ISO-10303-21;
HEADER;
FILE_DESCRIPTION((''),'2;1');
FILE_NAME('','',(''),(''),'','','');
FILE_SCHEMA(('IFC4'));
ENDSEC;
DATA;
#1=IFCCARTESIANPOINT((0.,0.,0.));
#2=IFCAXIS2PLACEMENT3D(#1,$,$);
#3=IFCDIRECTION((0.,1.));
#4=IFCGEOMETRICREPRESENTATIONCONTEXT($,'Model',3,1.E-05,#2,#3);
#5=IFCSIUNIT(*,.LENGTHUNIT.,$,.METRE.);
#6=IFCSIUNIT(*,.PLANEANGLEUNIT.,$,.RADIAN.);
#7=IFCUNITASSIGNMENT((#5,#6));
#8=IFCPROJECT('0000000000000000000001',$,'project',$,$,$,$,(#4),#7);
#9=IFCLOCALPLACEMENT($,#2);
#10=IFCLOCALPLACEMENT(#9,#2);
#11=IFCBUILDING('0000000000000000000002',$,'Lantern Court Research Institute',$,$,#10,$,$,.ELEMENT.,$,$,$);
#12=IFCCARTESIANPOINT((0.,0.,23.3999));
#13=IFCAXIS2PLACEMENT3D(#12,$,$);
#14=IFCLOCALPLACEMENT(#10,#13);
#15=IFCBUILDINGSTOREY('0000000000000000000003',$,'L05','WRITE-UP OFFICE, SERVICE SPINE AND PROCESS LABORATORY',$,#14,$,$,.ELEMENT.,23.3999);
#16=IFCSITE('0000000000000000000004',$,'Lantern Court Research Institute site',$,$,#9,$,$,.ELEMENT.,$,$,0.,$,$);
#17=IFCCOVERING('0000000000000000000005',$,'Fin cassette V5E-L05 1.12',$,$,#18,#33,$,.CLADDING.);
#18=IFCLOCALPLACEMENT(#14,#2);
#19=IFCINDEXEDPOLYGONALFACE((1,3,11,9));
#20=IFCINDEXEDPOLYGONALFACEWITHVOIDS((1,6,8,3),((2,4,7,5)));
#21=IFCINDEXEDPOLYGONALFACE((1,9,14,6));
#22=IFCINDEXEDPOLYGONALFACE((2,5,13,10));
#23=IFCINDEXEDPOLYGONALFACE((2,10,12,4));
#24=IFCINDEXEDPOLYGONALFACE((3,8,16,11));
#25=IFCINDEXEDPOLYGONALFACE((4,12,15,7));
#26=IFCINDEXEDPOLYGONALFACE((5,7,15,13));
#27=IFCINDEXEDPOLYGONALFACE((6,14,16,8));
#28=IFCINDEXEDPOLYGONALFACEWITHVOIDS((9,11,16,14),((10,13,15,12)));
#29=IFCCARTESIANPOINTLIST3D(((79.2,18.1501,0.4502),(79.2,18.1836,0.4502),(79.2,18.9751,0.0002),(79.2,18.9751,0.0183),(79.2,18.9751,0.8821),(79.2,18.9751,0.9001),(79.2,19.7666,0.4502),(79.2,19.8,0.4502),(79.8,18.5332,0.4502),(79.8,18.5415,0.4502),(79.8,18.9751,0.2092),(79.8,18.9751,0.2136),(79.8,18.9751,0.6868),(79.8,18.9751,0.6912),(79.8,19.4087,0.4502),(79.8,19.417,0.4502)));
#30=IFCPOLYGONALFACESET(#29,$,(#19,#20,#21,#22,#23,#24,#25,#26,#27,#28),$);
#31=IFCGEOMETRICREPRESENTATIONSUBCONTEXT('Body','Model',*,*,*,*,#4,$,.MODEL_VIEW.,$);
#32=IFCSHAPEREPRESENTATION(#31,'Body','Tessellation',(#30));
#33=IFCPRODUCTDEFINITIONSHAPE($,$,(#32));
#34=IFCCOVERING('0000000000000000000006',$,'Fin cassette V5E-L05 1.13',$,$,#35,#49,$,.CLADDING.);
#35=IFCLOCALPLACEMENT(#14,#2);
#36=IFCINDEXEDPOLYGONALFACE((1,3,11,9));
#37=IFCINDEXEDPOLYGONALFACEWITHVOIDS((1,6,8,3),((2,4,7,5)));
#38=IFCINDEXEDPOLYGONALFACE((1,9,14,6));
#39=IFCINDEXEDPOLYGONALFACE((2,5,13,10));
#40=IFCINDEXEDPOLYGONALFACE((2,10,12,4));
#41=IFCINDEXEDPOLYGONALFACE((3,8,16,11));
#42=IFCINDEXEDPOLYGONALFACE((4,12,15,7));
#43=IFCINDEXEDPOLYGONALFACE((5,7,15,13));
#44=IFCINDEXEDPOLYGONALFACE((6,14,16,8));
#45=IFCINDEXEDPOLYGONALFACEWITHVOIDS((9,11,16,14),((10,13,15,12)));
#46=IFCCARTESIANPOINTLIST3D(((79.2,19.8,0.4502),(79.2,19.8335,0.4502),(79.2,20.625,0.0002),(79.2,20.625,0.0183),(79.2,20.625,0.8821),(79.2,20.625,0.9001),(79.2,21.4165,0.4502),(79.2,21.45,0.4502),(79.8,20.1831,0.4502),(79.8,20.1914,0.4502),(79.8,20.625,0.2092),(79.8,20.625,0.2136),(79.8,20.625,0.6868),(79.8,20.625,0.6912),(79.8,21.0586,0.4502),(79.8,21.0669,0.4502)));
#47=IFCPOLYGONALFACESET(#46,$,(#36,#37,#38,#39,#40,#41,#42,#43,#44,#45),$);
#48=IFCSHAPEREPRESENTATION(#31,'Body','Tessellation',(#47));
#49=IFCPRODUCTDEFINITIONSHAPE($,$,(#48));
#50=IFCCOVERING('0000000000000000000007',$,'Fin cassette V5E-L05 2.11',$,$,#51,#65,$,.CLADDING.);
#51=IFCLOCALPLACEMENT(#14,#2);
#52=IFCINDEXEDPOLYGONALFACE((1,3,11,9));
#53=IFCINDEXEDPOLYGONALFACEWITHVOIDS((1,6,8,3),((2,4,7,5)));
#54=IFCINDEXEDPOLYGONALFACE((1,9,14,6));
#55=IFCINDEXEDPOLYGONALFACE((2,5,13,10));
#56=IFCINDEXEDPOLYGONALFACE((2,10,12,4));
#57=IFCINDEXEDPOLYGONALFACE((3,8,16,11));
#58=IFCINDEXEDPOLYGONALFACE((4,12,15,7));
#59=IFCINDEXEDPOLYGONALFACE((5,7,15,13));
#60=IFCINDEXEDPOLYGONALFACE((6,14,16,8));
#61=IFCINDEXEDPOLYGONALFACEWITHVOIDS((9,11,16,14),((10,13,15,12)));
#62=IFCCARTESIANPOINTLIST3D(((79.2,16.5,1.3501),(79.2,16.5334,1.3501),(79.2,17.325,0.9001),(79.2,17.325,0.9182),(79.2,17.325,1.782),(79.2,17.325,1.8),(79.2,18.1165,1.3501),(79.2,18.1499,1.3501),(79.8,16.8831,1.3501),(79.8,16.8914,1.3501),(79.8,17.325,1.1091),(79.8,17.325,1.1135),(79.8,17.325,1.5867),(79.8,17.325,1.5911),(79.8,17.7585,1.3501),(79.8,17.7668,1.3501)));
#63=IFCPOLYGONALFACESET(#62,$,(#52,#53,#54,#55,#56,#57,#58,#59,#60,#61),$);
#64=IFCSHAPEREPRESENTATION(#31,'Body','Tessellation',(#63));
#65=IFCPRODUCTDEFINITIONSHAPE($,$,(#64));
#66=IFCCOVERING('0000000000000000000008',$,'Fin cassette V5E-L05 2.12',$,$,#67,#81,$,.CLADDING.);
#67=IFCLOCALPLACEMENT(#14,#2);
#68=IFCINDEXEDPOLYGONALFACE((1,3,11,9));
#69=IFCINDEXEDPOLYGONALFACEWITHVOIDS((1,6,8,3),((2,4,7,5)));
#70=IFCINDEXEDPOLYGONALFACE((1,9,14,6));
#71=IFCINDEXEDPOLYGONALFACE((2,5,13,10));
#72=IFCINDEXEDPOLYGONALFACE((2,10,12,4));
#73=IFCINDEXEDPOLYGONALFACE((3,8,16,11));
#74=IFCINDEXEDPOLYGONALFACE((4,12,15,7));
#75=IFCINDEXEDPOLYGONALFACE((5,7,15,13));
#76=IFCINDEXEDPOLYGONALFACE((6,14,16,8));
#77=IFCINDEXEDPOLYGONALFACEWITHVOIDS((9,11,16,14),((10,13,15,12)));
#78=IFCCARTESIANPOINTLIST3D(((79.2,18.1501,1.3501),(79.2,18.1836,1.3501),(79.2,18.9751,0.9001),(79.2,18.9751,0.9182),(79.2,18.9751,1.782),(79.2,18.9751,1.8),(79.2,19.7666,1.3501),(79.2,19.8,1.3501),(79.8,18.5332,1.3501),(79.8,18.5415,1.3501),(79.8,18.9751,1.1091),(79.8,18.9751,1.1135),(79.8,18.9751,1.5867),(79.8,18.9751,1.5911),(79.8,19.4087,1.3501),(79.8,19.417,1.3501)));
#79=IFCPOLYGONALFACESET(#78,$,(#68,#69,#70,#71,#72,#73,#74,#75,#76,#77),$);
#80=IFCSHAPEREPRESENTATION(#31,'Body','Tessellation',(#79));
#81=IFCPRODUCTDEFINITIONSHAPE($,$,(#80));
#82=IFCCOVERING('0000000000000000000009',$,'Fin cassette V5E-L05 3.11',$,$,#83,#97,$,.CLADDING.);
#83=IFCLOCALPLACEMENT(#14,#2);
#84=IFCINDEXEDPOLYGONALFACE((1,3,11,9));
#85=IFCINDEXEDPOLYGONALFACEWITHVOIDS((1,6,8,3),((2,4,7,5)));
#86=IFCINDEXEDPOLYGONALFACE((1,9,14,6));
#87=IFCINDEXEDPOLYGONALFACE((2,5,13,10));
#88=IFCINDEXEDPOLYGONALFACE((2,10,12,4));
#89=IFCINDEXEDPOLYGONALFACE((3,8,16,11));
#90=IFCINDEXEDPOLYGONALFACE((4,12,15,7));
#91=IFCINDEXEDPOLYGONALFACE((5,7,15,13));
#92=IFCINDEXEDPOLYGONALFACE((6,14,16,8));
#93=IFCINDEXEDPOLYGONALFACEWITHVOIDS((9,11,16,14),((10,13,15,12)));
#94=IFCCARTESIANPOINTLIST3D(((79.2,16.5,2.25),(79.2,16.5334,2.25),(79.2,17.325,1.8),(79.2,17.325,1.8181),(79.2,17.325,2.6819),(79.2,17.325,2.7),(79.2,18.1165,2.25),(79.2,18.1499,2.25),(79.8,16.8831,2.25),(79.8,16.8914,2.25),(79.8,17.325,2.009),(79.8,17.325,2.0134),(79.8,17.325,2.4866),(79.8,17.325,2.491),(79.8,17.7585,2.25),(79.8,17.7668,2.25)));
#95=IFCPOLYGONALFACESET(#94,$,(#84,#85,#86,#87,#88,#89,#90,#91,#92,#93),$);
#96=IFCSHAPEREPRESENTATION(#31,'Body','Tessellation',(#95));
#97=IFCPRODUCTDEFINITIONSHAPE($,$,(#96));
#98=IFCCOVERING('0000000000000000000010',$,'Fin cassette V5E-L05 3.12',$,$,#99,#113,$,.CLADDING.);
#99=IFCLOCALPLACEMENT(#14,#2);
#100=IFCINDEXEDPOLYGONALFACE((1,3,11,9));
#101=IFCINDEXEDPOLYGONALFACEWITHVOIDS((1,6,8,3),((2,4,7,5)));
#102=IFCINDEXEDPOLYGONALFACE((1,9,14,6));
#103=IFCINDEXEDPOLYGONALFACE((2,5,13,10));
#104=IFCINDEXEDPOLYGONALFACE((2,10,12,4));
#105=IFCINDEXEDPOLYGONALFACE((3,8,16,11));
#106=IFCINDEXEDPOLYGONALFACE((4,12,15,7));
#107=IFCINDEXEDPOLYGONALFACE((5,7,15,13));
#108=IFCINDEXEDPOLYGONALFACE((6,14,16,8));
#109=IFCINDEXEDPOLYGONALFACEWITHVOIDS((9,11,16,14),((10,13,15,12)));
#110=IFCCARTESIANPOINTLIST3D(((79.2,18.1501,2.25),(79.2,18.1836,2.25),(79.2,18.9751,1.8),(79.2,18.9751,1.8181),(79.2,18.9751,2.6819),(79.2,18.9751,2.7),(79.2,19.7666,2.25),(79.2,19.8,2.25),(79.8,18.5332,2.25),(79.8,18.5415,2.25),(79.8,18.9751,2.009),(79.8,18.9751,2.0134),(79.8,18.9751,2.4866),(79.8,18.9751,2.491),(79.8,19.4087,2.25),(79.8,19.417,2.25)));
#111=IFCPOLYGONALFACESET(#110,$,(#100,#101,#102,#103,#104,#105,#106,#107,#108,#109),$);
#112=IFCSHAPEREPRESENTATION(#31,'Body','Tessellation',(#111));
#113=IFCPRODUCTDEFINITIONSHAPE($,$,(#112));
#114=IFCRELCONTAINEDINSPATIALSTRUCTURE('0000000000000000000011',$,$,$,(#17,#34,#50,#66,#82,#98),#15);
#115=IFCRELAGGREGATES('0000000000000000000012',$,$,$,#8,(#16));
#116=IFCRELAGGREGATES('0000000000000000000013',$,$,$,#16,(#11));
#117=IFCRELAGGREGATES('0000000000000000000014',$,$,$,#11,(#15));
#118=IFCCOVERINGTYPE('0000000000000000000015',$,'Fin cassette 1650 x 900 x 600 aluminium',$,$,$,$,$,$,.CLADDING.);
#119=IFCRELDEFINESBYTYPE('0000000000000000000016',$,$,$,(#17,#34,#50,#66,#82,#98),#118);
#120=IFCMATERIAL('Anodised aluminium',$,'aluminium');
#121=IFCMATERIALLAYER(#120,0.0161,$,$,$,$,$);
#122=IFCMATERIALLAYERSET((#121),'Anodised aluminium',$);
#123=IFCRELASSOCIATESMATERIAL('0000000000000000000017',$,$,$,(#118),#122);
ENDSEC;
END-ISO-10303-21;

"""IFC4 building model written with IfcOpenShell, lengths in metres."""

from ifc_helpers import new_model, entity, si_unit, direction, frame, origin, place, context, subcontext, project, spatial, material, layer, layer_set, type_object, element, save


model = new_model("IFC4")

# Units and contexts
model_context = context("Model", 3, precision=1e-05, world=origin(), true_north=direction((0.0, 1.0)))
body_context = subcontext(model_context, "Body", "Model", "MODEL_VIEW")
ifc_project = project(units=[si_unit("LENGTHUNIT", "METRE"), si_unit("PLANEANGLEUNIT", "RADIAN")], contexts=[model_context])

# Site, building, storey
site_placement = place(None, origin())
site = spatial("IfcSite", under=ifc_project, at=site_placement, Name="Lantern Court Research Institute site", CompositionType="ELEMENT", RefElevation=0.0)
building_placement = place(site_placement, origin())
building = spatial("IfcBuilding", under=site, at=building_placement, Name="Lantern Court Research Institute", CompositionType="ELEMENT")
storey_placement = place(building_placement, frame((0.0, 0.0, 23.3999)))
storey = spatial("IfcBuildingStorey", under=building, at=storey_placement, Name="L05", Description="WRITE-UP OFFICE, SERVICE SPINE AND PROCESS LABORATORY", CompositionType="ELEMENT", Elevation=23.3999)

# Coverings
ifc_material_1 = material(Name="Anodised aluminium", Category="aluminium")
ifc_layer_1 = layer(ifc_material_1, 0.0161)
ifc_layer_set_1 = layer_set([ifc_layer_1], Name="Anodised aluminium")
covering_type = type_object("IfcCoveringType", Name="Fin cassette 1650 x 900 x 600 aluminium", PredefinedType="CLADDING", material=ifc_layer_set_1)
covering_1_placement = place(storey_placement, frame((79.2, 18.9751, 0.4502), z_axis=(1.0, 0.0, 0.0), x_axis=(0.0, 1.0, 0.0)))
cartesian_point_1 = entity("IfcCartesianPoint", [0.825, 0.0])
cartesian_point_2 = entity("IfcCartesianPoint", [0.7915, 0.0])
cartesian_point_3 = entity("IfcCartesianPoint", [0.4419, 0.0])
cartesian_point_4 = entity("IfcCartesianPoint", [0.4336, 0.0])
element("IfcCovering", 1, at=covering_1_placement, inside=storey, type_object=covering_type, Name="Fin cassette V5E-L05 1.12", PredefinedType="CLADDING", context=body_context, shape_type="SweptSolid", body=[
    entity("IfcExtrudedAreaSolidTapered", entity("IfcArbitraryProfileDefWithVoids", "AREA", None, entity("IfcPolyline", [cartesian_point_1, entity("IfcCartesianPoint", [0.0, 0.45]), entity("IfcCartesianPoint", [-0.825, 0.0]), entity("IfcCartesianPoint", [0.0, -0.45]), cartesian_point_1]), [entity("IfcPolyline", [cartesian_point_2, entity("IfcCartesianPoint", [0.0, 0.4319]), entity("IfcCartesianPoint", [-0.7915, 0.0]), entity("IfcCartesianPoint", [0.0, -0.4319]), cartesian_point_2])]), entity("IfcAxis2Placement3D", entity("IfcCartesianPoint", [0.0, 0.0, 0.0])), entity("IfcDirection", [0.0, 0.0, 1.0]), 0.6001, entity("IfcArbitraryProfileDefWithVoids", "AREA", None, entity("IfcPolyline", [cartesian_point_3, entity("IfcCartesianPoint", [0.0, 0.241]), entity("IfcCartesianPoint", [-0.4419, 0.0]), entity("IfcCartesianPoint", [0.0, -0.241]), cartesian_point_3]), [entity("IfcPolyline", [cartesian_point_4, entity("IfcCartesianPoint", [0.0, 0.2366]), entity("IfcCartesianPoint", [-0.4336, 0.0]), entity("IfcCartesianPoint", [0.0, -0.2366]), cartesian_point_4])])),
])
covering_2_placement = place(storey_placement, frame((79.2, 20.625, 0.4502), z_axis=(1.0, 0.0, 0.0), x_axis=(0.0, 1.0, 0.0)))
cartesian_point_5 = entity("IfcCartesianPoint", [0.825, 0.0])
cartesian_point_6 = entity("IfcCartesianPoint", [0.7915, 0.0])
cartesian_point_7 = entity("IfcCartesianPoint", [0.4419, 0.0])
cartesian_point_8 = entity("IfcCartesianPoint", [0.4336, 0.0])
element("IfcCovering", 2, at=covering_2_placement, inside=storey, type_object=covering_type, Name="Fin cassette V5E-L05 1.13", PredefinedType="CLADDING", context=body_context, shape_type="SweptSolid", body=[
    entity("IfcExtrudedAreaSolidTapered", entity("IfcArbitraryProfileDefWithVoids", "AREA", None, entity("IfcPolyline", [cartesian_point_5, entity("IfcCartesianPoint", [0.0, 0.45]), entity("IfcCartesianPoint", [-0.825, 0.0]), entity("IfcCartesianPoint", [0.0, -0.45]), cartesian_point_5]), [entity("IfcPolyline", [cartesian_point_6, entity("IfcCartesianPoint", [0.0, 0.4319]), entity("IfcCartesianPoint", [-0.7915, 0.0]), entity("IfcCartesianPoint", [0.0, -0.4319]), cartesian_point_6])]), entity("IfcAxis2Placement3D", entity("IfcCartesianPoint", [0.0, 0.0, 0.0])), entity("IfcDirection", [0.0, 0.0, 1.0]), 0.6001, entity("IfcArbitraryProfileDefWithVoids", "AREA", None, entity("IfcPolyline", [cartesian_point_7, entity("IfcCartesianPoint", [0.0, 0.241]), entity("IfcCartesianPoint", [-0.4419, 0.0]), entity("IfcCartesianPoint", [0.0, -0.241]), cartesian_point_7]), [entity("IfcPolyline", [cartesian_point_8, entity("IfcCartesianPoint", [0.0, 0.2366]), entity("IfcCartesianPoint", [-0.4336, 0.0]), entity("IfcCartesianPoint", [0.0, -0.2366]), cartesian_point_8])])),
])
covering_3_placement = place(storey_placement, frame((79.2, 17.325, 1.3501), z_axis=(1.0, 0.0, 0.0), x_axis=(0.0, 1.0, 0.0)))
cartesian_point_9 = entity("IfcCartesianPoint", [0.825, 0.0])
cartesian_point_10 = entity("IfcCartesianPoint", [0.7915, 0.0])
cartesian_point_11 = entity("IfcCartesianPoint", [0.4419, 0.0])
cartesian_point_12 = entity("IfcCartesianPoint", [0.4336, 0.0])
element("IfcCovering", 3, at=covering_3_placement, inside=storey, type_object=covering_type, Name="Fin cassette V5E-L05 2.11", PredefinedType="CLADDING", context=body_context, shape_type="SweptSolid", body=[
    entity("IfcExtrudedAreaSolidTapered", entity("IfcArbitraryProfileDefWithVoids", "AREA", None, entity("IfcPolyline", [cartesian_point_9, entity("IfcCartesianPoint", [0.0, 0.45]), entity("IfcCartesianPoint", [-0.825, 0.0]), entity("IfcCartesianPoint", [0.0, -0.45]), cartesian_point_9]), [entity("IfcPolyline", [cartesian_point_10, entity("IfcCartesianPoint", [0.0, 0.4319]), entity("IfcCartesianPoint", [-0.7915, 0.0]), entity("IfcCartesianPoint", [0.0, -0.4319]), cartesian_point_10])]), entity("IfcAxis2Placement3D", entity("IfcCartesianPoint", [0.0, 0.0, 0.0])), entity("IfcDirection", [0.0, 0.0, 1.0]), 0.6001, entity("IfcArbitraryProfileDefWithVoids", "AREA", None, entity("IfcPolyline", [cartesian_point_11, entity("IfcCartesianPoint", [0.0, 0.241]), entity("IfcCartesianPoint", [-0.4419, 0.0]), entity("IfcCartesianPoint", [0.0, -0.241]), cartesian_point_11]), [entity("IfcPolyline", [cartesian_point_12, entity("IfcCartesianPoint", [0.0, 0.2366]), entity("IfcCartesianPoint", [-0.4336, 0.0]), entity("IfcCartesianPoint", [0.0, -0.2366]), cartesian_point_12])])),
])
covering_4_placement = place(storey_placement, frame((79.2, 18.9751, 1.3501), z_axis=(1.0, 0.0, 0.0), x_axis=(0.0, 1.0, 0.0)))
cartesian_point_13 = entity("IfcCartesianPoint", [0.825, 0.0])
cartesian_point_14 = entity("IfcCartesianPoint", [0.7915, 0.0])
cartesian_point_15 = entity("IfcCartesianPoint", [0.4419, 0.0])
cartesian_point_16 = entity("IfcCartesianPoint", [0.4336, 0.0])
element("IfcCovering", 4, at=covering_4_placement, inside=storey, type_object=covering_type, Name="Fin cassette V5E-L05 2.12", PredefinedType="CLADDING", context=body_context, shape_type="SweptSolid", body=[
    entity("IfcExtrudedAreaSolidTapered", entity("IfcArbitraryProfileDefWithVoids", "AREA", None, entity("IfcPolyline", [cartesian_point_13, entity("IfcCartesianPoint", [0.0, 0.45]), entity("IfcCartesianPoint", [-0.825, 0.0]), entity("IfcCartesianPoint", [0.0, -0.45]), cartesian_point_13]), [entity("IfcPolyline", [cartesian_point_14, entity("IfcCartesianPoint", [0.0, 0.4319]), entity("IfcCartesianPoint", [-0.7915, 0.0]), entity("IfcCartesianPoint", [0.0, -0.4319]), cartesian_point_14])]), entity("IfcAxis2Placement3D", entity("IfcCartesianPoint", [0.0, 0.0, 0.0])), entity("IfcDirection", [0.0, 0.0, 1.0]), 0.6001, entity("IfcArbitraryProfileDefWithVoids", "AREA", None, entity("IfcPolyline", [cartesian_point_15, entity("IfcCartesianPoint", [0.0, 0.241]), entity("IfcCartesianPoint", [-0.4419, 0.0]), entity("IfcCartesianPoint", [0.0, -0.241]), cartesian_point_15]), [entity("IfcPolyline", [cartesian_point_16, entity("IfcCartesianPoint", [0.0, 0.2366]), entity("IfcCartesianPoint", [-0.4336, 0.0]), entity("IfcCartesianPoint", [0.0, -0.2366]), cartesian_point_16])])),
])
covering_5_placement = place(storey_placement, frame((79.2, 17.325, 2.25), z_axis=(1.0, 0.0, 0.0), x_axis=(0.0, 1.0, 0.0)))
cartesian_point_17 = entity("IfcCartesianPoint", [0.825, 0.0])
cartesian_point_18 = entity("IfcCartesianPoint", [0.7915, 0.0])
cartesian_point_19 = entity("IfcCartesianPoint", [0.4419, 0.0])
cartesian_point_20 = entity("IfcCartesianPoint", [0.4336, 0.0])
element("IfcCovering", 5, at=covering_5_placement, inside=storey, type_object=covering_type, Name="Fin cassette V5E-L05 3.11", PredefinedType="CLADDING", context=body_context, shape_type="SweptSolid", body=[
    entity("IfcExtrudedAreaSolidTapered", entity("IfcArbitraryProfileDefWithVoids", "AREA", None, entity("IfcPolyline", [cartesian_point_17, entity("IfcCartesianPoint", [0.0, 0.45]), entity("IfcCartesianPoint", [-0.825, 0.0]), entity("IfcCartesianPoint", [0.0, -0.45]), cartesian_point_17]), [entity("IfcPolyline", [cartesian_point_18, entity("IfcCartesianPoint", [0.0, 0.4319]), entity("IfcCartesianPoint", [-0.7915, 0.0]), entity("IfcCartesianPoint", [0.0, -0.4319]), cartesian_point_18])]), entity("IfcAxis2Placement3D", entity("IfcCartesianPoint", [0.0, 0.0, 0.0])), entity("IfcDirection", [0.0, 0.0, 1.0]), 0.6001, entity("IfcArbitraryProfileDefWithVoids", "AREA", None, entity("IfcPolyline", [cartesian_point_19, entity("IfcCartesianPoint", [0.0, 0.241]), entity("IfcCartesianPoint", [-0.4419, 0.0]), entity("IfcCartesianPoint", [0.0, -0.241]), cartesian_point_19]), [entity("IfcPolyline", [cartesian_point_20, entity("IfcCartesianPoint", [0.0, 0.2366]), entity("IfcCartesianPoint", [-0.4336, 0.0]), entity("IfcCartesianPoint", [0.0, -0.2366]), cartesian_point_20])])),
])
covering_6_placement = place(storey_placement, frame((79.2, 18.9751, 2.25), z_axis=(1.0, 0.0, 0.0), x_axis=(0.0, 1.0, 0.0)))
cartesian_point_21 = entity("IfcCartesianPoint", [0.825, 0.0])
cartesian_point_22 = entity("IfcCartesianPoint", [0.7915, 0.0])
cartesian_point_23 = entity("IfcCartesianPoint", [0.4419, 0.0])
cartesian_point_24 = entity("IfcCartesianPoint", [0.4336, 0.0])
element("IfcCovering", 6, at=covering_6_placement, inside=storey, type_object=covering_type, Name="Fin cassette V5E-L05 3.12", PredefinedType="CLADDING", context=body_context, shape_type="SweptSolid", body=[
    entity("IfcExtrudedAreaSolidTapered", entity("IfcArbitraryProfileDefWithVoids", "AREA", None, entity("IfcPolyline", [cartesian_point_21, entity("IfcCartesianPoint", [0.0, 0.45]), entity("IfcCartesianPoint", [-0.825, 0.0]), entity("IfcCartesianPoint", [0.0, -0.45]), cartesian_point_21]), [entity("IfcPolyline", [cartesian_point_22, entity("IfcCartesianPoint", [0.0, 0.4319]), entity("IfcCartesianPoint", [-0.7915, 0.0]), entity("IfcCartesianPoint", [0.0, -0.4319]), cartesian_point_22])]), entity("IfcAxis2Placement3D", entity("IfcCartesianPoint", [0.0, 0.0, 0.0])), entity("IfcDirection", [0.0, 0.0, 1.0]), 0.6001, entity("IfcArbitraryProfileDefWithVoids", "AREA", None, entity("IfcPolyline", [cartesian_point_23, entity("IfcCartesianPoint", [0.0, 0.241]), entity("IfcCartesianPoint", [-0.4419, 0.0]), entity("IfcCartesianPoint", [0.0, -0.241]), cartesian_point_23]), [entity("IfcPolyline", [cartesian_point_24, entity("IfcCartesianPoint", [0.0, 0.2366]), entity("IfcCartesianPoint", [-0.4336, 0.0]), entity("IfcCartesianPoint", [0.0, -0.2366]), cartesian_point_24])])),
])

save(model, "model.ifc")
